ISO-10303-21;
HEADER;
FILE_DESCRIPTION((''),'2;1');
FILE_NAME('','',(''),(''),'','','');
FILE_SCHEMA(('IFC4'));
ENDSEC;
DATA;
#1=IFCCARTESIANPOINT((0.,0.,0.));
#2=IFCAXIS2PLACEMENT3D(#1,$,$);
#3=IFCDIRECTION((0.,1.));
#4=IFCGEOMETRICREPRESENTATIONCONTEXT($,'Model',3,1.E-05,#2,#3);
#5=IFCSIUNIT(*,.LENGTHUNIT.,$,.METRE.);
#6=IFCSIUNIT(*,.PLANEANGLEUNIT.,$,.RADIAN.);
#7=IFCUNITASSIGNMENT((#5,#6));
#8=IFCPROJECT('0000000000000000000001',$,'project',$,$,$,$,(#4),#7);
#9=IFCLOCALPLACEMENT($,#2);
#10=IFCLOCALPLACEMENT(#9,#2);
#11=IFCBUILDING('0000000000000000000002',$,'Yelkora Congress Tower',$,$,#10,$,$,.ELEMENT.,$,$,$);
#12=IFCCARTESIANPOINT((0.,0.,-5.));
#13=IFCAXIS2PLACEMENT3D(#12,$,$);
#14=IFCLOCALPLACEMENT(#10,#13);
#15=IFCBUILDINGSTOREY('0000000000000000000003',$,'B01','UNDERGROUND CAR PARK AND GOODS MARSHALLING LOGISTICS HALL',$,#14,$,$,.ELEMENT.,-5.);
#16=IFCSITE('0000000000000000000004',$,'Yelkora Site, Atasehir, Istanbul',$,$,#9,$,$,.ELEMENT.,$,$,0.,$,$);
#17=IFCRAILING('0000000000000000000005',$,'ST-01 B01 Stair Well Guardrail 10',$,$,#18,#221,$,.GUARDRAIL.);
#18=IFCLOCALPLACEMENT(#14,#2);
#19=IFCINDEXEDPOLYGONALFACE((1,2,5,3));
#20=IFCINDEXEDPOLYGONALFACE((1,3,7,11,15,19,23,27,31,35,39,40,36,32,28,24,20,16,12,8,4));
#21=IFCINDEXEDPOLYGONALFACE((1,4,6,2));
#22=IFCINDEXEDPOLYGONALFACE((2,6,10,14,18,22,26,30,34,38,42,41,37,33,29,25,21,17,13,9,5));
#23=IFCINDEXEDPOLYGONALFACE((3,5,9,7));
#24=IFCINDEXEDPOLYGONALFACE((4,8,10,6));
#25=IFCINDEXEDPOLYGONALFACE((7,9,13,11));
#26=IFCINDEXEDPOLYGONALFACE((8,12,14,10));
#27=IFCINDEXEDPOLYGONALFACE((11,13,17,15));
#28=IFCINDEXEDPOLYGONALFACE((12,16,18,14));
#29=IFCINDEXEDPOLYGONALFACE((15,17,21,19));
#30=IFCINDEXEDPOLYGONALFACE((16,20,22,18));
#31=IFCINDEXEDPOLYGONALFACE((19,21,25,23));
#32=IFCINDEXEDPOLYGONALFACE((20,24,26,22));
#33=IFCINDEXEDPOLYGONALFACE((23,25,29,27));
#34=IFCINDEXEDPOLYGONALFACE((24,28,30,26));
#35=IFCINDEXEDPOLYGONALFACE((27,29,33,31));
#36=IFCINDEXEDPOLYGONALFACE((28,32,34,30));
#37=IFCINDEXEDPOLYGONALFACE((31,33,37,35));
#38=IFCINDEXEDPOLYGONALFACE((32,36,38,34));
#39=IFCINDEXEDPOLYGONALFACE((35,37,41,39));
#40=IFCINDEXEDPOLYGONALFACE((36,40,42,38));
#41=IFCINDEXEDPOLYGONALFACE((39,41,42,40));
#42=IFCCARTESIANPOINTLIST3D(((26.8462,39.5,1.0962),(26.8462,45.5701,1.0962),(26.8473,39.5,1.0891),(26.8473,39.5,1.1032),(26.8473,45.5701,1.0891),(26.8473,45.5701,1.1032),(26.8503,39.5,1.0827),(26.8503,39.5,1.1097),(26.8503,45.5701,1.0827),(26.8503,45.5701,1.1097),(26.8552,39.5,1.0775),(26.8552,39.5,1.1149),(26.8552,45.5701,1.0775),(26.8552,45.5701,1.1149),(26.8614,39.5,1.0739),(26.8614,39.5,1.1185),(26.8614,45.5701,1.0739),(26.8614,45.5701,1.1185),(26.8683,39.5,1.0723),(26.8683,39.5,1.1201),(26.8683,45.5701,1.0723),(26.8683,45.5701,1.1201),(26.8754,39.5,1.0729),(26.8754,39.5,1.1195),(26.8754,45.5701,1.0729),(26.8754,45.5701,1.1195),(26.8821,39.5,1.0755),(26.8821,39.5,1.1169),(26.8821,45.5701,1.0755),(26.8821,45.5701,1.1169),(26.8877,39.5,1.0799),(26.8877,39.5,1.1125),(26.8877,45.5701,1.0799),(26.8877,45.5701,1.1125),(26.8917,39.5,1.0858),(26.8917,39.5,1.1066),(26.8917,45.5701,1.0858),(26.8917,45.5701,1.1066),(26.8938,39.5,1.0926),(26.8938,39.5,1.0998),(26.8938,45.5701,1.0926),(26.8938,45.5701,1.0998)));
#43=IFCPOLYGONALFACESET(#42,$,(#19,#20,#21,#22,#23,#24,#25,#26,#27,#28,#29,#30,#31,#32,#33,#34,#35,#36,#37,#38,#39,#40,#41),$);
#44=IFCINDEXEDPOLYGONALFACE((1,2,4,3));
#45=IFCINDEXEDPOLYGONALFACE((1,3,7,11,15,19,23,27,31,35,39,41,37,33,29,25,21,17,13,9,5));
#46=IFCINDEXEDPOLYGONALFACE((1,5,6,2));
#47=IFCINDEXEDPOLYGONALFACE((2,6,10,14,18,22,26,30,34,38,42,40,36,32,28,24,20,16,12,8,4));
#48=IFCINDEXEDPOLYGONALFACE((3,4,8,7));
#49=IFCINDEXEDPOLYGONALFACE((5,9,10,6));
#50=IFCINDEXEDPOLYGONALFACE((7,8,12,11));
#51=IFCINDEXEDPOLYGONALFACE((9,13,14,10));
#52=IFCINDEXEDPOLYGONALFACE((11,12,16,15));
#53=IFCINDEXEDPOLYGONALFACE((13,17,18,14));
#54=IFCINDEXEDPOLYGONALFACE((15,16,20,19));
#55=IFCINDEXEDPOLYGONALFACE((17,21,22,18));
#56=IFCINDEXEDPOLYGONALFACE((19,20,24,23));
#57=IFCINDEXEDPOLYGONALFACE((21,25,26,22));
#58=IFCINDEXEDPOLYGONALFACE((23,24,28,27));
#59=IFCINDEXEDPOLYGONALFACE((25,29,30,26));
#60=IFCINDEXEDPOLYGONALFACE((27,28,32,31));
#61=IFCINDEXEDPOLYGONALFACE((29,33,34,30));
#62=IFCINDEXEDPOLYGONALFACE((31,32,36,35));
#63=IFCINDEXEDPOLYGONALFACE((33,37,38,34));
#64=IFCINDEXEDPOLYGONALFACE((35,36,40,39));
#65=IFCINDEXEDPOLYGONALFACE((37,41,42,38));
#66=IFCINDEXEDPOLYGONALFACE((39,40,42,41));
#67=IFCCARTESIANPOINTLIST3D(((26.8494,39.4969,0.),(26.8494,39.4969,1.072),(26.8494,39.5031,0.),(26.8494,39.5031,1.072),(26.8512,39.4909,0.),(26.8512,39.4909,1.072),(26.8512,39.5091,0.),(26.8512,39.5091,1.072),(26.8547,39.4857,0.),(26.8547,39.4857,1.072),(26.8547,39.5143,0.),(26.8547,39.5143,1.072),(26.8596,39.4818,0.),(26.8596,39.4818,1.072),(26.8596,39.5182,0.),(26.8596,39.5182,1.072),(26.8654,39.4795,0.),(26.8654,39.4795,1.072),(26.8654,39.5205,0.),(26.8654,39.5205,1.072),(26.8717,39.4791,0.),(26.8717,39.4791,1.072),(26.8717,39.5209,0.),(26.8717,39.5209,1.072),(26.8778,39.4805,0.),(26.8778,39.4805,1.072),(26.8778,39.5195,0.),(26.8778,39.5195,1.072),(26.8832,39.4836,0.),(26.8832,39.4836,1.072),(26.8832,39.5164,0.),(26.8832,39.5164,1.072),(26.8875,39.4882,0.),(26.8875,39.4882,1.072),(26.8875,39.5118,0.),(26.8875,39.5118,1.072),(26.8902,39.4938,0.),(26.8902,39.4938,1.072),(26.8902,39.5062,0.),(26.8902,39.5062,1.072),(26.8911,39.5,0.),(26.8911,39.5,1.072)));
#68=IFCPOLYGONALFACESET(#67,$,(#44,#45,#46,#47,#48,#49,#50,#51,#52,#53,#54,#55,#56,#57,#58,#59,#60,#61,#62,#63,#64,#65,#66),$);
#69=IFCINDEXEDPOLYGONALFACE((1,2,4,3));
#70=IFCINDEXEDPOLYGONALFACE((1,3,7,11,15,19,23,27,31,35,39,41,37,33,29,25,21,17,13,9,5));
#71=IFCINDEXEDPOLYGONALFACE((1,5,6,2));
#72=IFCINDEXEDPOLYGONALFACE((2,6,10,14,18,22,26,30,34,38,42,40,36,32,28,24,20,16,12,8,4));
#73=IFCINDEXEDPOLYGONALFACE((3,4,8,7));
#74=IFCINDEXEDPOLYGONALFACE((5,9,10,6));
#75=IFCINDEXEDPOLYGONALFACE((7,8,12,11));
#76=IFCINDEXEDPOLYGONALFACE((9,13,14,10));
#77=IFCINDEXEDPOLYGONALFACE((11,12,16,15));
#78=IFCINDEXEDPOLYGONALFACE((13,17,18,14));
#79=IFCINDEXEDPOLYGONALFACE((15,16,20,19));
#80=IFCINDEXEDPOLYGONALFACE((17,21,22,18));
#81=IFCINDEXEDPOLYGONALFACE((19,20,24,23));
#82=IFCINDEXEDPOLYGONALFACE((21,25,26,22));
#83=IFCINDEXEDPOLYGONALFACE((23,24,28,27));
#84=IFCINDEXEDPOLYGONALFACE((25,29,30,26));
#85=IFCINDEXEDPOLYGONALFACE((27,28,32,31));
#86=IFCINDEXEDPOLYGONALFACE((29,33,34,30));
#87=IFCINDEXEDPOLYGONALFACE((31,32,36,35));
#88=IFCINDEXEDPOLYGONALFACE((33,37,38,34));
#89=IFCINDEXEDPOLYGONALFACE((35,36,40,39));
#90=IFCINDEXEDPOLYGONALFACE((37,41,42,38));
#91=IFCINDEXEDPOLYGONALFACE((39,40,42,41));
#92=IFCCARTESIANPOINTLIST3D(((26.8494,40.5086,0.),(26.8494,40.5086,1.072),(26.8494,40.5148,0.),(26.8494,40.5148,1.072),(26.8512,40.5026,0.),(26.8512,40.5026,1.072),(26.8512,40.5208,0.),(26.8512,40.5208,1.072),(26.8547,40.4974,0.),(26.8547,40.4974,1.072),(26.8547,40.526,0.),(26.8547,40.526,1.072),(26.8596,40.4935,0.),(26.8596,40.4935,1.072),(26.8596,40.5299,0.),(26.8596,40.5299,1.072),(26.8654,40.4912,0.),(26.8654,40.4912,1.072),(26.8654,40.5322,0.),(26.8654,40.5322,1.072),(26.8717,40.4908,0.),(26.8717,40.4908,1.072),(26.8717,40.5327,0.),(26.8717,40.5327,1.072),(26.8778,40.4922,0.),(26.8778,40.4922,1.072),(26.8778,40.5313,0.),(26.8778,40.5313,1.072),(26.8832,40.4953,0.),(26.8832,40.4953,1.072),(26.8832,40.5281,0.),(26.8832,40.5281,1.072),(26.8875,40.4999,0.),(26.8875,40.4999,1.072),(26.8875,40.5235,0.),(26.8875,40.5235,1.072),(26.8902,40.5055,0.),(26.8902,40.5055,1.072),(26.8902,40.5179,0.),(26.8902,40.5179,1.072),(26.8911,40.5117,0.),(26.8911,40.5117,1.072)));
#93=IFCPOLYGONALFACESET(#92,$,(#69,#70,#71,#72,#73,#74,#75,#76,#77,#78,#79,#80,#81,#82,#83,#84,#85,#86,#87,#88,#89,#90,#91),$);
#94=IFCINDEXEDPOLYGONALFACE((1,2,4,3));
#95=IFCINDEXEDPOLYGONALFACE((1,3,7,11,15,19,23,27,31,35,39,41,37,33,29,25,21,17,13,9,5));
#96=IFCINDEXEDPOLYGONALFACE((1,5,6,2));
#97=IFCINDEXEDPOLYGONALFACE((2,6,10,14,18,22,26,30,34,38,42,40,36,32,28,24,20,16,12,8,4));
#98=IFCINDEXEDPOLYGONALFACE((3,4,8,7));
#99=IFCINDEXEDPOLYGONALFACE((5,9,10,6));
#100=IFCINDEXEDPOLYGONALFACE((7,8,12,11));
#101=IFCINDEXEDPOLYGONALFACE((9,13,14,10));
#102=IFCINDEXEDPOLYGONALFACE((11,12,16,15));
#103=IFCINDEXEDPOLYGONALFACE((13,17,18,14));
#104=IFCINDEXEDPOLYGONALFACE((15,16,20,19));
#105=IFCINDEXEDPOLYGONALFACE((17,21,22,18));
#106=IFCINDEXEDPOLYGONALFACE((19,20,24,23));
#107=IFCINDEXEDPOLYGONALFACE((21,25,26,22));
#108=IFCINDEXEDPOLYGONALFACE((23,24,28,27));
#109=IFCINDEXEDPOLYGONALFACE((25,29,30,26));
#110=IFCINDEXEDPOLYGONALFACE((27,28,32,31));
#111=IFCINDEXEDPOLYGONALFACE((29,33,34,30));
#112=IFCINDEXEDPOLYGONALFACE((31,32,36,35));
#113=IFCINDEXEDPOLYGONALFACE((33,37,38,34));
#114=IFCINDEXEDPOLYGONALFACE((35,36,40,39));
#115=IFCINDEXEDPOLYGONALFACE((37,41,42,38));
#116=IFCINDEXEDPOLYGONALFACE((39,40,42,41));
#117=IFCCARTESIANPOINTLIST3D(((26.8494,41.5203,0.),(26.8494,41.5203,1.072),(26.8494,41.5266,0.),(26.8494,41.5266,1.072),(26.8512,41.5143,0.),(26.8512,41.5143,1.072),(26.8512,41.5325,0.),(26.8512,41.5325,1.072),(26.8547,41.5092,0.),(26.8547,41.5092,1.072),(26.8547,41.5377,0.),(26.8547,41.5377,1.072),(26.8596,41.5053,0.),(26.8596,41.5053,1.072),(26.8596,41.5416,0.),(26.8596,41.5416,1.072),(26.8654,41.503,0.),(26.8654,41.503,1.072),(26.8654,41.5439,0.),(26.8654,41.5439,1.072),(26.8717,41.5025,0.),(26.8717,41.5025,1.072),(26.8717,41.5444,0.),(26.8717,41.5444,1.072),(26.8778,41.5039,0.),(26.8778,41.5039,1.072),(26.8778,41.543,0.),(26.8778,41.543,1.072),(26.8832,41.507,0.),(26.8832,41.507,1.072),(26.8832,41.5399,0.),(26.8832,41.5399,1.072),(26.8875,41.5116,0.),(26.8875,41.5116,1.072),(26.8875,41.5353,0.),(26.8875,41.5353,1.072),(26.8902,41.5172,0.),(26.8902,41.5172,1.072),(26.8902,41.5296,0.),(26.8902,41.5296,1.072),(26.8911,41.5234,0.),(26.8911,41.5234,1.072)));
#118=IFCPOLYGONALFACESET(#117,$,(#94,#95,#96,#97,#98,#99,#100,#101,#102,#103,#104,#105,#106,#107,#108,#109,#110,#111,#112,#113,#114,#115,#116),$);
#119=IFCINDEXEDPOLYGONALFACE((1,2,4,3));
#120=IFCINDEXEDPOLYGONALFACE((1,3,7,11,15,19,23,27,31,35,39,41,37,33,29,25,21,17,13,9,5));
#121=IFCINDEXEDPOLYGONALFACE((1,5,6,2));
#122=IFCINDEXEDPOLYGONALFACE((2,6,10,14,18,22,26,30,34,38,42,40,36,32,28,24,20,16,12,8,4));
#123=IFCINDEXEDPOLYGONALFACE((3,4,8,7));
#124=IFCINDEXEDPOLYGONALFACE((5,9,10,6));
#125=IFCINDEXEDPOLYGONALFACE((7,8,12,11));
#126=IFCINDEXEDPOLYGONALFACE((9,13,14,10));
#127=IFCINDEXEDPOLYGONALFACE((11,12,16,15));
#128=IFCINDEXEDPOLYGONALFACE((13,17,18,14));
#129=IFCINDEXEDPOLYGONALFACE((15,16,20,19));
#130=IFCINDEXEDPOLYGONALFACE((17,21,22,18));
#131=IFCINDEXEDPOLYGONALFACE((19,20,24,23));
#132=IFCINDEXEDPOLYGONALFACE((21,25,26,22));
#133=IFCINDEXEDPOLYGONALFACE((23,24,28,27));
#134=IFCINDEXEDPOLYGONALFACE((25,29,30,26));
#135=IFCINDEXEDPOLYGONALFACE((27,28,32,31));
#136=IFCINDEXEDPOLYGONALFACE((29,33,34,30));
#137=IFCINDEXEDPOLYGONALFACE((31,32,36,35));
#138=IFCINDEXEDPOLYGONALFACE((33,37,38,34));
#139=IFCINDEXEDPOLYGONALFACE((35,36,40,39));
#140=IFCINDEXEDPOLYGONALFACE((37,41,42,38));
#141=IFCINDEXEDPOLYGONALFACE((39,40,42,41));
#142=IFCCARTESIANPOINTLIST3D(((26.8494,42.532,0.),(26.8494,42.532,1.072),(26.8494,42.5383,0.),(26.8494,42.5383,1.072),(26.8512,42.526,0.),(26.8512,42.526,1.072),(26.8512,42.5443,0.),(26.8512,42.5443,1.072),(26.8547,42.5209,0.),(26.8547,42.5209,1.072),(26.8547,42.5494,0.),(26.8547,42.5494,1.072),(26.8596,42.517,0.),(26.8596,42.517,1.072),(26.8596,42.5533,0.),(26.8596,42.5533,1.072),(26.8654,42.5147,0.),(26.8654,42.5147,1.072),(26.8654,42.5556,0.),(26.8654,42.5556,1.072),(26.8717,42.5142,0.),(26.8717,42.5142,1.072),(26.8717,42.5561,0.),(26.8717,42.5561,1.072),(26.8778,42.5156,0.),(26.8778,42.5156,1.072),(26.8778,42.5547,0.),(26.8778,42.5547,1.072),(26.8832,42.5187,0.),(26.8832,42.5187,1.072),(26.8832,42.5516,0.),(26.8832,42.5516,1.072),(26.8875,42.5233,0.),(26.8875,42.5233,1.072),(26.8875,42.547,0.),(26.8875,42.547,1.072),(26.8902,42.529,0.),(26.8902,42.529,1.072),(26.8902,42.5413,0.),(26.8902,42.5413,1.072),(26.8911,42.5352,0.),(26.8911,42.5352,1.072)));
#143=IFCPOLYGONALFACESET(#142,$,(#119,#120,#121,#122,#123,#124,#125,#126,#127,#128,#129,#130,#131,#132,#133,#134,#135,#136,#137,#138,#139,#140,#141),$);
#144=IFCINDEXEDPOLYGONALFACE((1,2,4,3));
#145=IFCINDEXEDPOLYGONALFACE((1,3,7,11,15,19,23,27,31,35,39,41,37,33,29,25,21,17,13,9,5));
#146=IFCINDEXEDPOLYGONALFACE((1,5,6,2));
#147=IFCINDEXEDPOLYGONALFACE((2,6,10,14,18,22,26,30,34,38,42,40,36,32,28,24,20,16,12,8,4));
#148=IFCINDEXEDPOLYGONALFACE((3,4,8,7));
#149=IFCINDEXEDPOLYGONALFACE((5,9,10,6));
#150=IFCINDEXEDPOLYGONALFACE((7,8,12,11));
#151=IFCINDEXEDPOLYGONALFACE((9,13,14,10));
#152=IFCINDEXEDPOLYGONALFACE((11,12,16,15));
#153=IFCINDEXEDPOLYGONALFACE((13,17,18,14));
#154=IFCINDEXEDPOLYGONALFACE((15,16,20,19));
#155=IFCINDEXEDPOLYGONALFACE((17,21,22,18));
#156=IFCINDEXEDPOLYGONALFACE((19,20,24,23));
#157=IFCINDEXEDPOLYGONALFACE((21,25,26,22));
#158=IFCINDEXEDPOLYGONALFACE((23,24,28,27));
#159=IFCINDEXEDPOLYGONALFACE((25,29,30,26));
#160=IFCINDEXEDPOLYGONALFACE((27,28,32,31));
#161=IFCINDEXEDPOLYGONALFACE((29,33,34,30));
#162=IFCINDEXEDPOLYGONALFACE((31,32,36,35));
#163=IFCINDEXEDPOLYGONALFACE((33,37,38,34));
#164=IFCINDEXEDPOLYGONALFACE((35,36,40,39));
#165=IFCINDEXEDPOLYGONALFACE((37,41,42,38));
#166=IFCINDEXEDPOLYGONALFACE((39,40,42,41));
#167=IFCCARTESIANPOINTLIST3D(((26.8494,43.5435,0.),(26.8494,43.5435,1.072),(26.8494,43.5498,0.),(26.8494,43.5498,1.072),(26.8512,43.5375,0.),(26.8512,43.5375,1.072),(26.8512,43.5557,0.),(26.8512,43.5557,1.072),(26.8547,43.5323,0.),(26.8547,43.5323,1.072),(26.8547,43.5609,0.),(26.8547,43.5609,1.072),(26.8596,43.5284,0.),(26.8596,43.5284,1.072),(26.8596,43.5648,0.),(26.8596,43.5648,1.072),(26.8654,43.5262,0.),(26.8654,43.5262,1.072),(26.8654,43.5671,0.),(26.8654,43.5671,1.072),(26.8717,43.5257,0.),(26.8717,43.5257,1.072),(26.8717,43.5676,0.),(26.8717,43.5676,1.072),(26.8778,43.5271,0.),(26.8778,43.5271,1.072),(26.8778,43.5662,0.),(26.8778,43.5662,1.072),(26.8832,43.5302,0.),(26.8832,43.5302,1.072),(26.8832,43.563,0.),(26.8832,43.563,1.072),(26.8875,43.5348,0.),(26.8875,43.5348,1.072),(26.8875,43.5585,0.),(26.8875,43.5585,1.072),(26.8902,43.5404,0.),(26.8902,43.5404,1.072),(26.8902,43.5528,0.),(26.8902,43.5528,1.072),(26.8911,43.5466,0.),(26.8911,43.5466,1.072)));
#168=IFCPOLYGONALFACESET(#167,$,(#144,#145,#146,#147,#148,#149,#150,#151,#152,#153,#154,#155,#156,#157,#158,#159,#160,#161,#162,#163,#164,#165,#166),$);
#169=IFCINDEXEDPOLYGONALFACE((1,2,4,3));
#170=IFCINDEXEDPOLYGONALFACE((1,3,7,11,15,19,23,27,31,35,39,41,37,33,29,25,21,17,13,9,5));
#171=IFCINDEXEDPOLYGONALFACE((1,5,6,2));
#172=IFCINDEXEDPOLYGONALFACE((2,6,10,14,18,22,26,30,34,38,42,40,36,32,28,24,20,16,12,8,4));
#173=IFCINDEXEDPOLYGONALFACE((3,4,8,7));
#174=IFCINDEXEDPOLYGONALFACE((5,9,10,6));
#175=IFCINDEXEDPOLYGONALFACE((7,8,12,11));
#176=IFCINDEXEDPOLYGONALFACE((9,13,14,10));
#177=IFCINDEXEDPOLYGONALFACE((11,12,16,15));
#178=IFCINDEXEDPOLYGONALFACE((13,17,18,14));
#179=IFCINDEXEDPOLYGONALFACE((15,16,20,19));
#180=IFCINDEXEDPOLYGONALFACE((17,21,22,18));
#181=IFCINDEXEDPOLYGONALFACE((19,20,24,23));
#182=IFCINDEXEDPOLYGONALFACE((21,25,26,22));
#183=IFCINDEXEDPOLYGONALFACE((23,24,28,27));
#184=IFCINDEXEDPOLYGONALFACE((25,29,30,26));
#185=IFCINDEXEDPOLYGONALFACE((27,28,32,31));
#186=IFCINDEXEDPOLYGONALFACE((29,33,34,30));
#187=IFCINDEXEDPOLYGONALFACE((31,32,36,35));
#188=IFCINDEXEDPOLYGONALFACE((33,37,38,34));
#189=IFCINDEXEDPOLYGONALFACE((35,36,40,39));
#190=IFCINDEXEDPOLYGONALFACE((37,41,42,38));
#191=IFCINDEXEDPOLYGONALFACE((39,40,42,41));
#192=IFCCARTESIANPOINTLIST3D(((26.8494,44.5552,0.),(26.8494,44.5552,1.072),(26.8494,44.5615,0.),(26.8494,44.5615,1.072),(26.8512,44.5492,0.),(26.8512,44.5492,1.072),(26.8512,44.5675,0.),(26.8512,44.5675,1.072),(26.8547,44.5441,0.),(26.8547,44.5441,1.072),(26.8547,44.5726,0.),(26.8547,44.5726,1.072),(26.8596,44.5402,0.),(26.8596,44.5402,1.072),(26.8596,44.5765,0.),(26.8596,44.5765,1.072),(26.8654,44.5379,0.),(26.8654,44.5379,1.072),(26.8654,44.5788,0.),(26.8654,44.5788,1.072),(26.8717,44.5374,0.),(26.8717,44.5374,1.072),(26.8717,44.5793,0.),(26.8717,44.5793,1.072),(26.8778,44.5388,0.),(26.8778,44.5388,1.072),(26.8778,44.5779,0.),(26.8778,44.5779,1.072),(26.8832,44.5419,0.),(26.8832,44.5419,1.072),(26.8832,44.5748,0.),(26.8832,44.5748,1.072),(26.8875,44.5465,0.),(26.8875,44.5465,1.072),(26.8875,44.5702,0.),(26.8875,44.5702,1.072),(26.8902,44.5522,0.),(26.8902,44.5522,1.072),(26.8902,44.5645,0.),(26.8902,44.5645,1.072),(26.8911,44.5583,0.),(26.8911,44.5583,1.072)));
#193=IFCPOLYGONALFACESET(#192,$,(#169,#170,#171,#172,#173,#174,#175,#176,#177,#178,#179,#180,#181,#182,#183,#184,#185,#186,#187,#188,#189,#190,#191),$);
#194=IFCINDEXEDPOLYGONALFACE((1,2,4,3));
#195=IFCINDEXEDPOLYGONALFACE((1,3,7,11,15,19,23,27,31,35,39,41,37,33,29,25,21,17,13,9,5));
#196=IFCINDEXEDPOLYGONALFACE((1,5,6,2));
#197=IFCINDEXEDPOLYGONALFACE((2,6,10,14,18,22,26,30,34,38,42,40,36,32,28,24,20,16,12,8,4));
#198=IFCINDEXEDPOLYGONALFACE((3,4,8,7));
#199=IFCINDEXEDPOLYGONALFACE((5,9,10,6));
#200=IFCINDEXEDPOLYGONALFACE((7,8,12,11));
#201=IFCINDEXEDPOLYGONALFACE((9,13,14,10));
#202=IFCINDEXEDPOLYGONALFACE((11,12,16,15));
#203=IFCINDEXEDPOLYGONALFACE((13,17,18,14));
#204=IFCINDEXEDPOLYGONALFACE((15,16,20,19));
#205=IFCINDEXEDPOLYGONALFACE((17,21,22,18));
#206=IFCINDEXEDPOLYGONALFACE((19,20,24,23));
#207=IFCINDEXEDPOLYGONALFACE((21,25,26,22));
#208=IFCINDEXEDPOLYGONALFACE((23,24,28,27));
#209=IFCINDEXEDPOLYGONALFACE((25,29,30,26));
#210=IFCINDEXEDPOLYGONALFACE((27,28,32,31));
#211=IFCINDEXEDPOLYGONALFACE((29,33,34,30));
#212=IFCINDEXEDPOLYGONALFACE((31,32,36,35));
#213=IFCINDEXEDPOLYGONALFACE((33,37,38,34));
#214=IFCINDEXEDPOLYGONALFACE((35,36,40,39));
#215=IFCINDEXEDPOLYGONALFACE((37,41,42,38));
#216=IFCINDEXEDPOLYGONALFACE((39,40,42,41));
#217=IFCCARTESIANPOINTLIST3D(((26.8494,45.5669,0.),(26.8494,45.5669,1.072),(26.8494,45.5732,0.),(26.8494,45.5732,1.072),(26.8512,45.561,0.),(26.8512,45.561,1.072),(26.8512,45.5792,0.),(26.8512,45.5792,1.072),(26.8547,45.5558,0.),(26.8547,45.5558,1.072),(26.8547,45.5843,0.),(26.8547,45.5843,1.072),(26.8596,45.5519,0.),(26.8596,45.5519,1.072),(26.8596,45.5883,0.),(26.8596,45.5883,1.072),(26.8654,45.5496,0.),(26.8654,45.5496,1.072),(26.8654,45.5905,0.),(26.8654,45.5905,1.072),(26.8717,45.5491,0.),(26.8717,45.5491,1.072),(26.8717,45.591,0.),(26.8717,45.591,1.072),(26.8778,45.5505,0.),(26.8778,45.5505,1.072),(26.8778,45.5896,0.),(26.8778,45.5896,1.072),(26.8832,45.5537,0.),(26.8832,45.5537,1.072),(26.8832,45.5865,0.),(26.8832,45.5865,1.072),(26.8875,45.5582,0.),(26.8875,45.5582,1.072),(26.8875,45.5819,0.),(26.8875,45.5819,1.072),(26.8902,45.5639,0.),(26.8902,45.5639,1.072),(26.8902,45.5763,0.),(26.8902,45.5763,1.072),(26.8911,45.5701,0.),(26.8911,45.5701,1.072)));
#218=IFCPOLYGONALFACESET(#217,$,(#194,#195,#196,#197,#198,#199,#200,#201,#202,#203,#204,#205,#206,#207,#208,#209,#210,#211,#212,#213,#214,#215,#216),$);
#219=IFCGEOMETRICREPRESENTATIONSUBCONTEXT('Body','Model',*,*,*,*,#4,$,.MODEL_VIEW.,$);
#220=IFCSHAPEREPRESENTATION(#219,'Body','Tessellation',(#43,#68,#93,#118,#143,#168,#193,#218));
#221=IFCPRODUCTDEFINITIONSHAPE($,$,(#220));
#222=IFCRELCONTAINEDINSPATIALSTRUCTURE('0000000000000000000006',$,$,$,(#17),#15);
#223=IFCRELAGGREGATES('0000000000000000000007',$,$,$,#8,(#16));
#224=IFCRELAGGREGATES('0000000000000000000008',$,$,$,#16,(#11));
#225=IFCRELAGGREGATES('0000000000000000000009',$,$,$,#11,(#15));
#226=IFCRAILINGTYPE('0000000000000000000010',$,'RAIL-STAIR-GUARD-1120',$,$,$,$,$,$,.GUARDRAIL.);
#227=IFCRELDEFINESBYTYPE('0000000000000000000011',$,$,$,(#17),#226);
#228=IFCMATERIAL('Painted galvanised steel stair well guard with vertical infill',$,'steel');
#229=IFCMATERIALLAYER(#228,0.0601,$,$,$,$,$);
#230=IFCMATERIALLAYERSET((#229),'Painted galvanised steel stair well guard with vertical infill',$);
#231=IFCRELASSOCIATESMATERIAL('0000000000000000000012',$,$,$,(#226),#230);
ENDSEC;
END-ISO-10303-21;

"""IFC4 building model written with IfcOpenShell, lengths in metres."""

from ifc_helpers import new_model, si_unit, direction, frame, origin, origin_2d, place, context, subcontext, project, spatial, circle, extrude, material, layer, layer_set, type_object, element, save


model = new_model("IFC4")

# Units and contexts
model_context = context("Model", 3, precision=1e-05, world=origin(), true_north=direction((0.0, 1.0)))
body_context = subcontext(model_context, "Body", "Model", "MODEL_VIEW")
ifc_project = project(units=[si_unit("LENGTHUNIT", "METRE"), si_unit("PLANEANGLEUNIT", "RADIAN")], contexts=[model_context])

# Site, building, storey
site_placement = place(None, origin())
site = spatial("IfcSite", under=ifc_project, at=site_placement, Name="Yelkora Site, Atasehir, Istanbul", CompositionType="ELEMENT", RefElevation=0.0)
building_placement = place(site_placement, origin())
building = spatial("IfcBuilding", under=site, at=building_placement, Name="Yelkora Congress Tower", CompositionType="ELEMENT")
storey_placement = place(building_placement, frame((0.0, 0.0, -5.0)))
storey = spatial("IfcBuildingStorey", under=building, at=storey_placement, Name="B01", Description="UNDERGROUND CAR PARK AND GOODS MARSHALLING LOGISTICS HALL", CompositionType="ELEMENT", Elevation=-5.0)

# Railing
ifc_material_1 = material(Name="Painted galvanised steel stair well guard with vertical infill", Category="steel")
ifc_layer_1 = layer(ifc_material_1, 0.0601)
ifc_layer_set_1 = layer_set([ifc_layer_1], Name="Painted galvanised steel stair well guard with vertical infill")
railing_type_1 = type_object("IfcRailingType", Name="RAIL-STAIR-GUARD-1120", PredefinedType="GUARDRAIL", material=ifc_layer_set_1)
railing_1_placement = place(storey_placement, frame((26.8701, 39.5, 0.0)))
element("IfcRailing", 1, at=railing_1_placement, inside=storey, type_object=railing_type_1, Name="ST-01 B01 Stair Well Guardrail 10", PredefinedType="GUARDRAIL", context=body_context, shape_type="SweptSolid", body=[
    extrude(circle(Radius=0.0239, at=origin_2d()), frame((0.0, 0.0, 1.0962), z_axis=(0.0, 1.0, 0.0), x_axis=(-1.0, 0.0, 0.0)), (0.0, 0.0, 1.0), 6.0701),
    extrude(circle(Radius=0.021, at=origin_2d()), origin(), (0.0, 0.0, 1.0), 1.072),
    extrude(circle(Radius=0.021, at=origin_2d()), frame((0.0, 1.0117, 0.0)), (0.0, 0.0, 1.0), 1.072),
    extrude(circle(Radius=0.021, at=origin_2d()), frame((0.0, 2.0234, 0.0)), (0.0, 0.0, 1.0), 1.072),
    extrude(circle(Radius=0.021, at=origin_2d()), frame((0.0, 3.0352, 0.0)), (0.0, 0.0, 1.0), 1.072),
    extrude(circle(Radius=0.021, at=origin_2d()), frame((0.0, 4.0466, 0.0)), (0.0, 0.0, 1.0), 1.072),
    extrude(circle(Radius=0.021, at=origin_2d()), frame((0.0, 5.0583, 0.0)), (0.0, 0.0, 1.0), 1.072),
    extrude(circle(Radius=0.021, at=origin_2d()), frame((0.0, 6.0701, 0.0)), (0.0, 0.0, 1.0), 1.072),
])

save(model, "model.ifc")
